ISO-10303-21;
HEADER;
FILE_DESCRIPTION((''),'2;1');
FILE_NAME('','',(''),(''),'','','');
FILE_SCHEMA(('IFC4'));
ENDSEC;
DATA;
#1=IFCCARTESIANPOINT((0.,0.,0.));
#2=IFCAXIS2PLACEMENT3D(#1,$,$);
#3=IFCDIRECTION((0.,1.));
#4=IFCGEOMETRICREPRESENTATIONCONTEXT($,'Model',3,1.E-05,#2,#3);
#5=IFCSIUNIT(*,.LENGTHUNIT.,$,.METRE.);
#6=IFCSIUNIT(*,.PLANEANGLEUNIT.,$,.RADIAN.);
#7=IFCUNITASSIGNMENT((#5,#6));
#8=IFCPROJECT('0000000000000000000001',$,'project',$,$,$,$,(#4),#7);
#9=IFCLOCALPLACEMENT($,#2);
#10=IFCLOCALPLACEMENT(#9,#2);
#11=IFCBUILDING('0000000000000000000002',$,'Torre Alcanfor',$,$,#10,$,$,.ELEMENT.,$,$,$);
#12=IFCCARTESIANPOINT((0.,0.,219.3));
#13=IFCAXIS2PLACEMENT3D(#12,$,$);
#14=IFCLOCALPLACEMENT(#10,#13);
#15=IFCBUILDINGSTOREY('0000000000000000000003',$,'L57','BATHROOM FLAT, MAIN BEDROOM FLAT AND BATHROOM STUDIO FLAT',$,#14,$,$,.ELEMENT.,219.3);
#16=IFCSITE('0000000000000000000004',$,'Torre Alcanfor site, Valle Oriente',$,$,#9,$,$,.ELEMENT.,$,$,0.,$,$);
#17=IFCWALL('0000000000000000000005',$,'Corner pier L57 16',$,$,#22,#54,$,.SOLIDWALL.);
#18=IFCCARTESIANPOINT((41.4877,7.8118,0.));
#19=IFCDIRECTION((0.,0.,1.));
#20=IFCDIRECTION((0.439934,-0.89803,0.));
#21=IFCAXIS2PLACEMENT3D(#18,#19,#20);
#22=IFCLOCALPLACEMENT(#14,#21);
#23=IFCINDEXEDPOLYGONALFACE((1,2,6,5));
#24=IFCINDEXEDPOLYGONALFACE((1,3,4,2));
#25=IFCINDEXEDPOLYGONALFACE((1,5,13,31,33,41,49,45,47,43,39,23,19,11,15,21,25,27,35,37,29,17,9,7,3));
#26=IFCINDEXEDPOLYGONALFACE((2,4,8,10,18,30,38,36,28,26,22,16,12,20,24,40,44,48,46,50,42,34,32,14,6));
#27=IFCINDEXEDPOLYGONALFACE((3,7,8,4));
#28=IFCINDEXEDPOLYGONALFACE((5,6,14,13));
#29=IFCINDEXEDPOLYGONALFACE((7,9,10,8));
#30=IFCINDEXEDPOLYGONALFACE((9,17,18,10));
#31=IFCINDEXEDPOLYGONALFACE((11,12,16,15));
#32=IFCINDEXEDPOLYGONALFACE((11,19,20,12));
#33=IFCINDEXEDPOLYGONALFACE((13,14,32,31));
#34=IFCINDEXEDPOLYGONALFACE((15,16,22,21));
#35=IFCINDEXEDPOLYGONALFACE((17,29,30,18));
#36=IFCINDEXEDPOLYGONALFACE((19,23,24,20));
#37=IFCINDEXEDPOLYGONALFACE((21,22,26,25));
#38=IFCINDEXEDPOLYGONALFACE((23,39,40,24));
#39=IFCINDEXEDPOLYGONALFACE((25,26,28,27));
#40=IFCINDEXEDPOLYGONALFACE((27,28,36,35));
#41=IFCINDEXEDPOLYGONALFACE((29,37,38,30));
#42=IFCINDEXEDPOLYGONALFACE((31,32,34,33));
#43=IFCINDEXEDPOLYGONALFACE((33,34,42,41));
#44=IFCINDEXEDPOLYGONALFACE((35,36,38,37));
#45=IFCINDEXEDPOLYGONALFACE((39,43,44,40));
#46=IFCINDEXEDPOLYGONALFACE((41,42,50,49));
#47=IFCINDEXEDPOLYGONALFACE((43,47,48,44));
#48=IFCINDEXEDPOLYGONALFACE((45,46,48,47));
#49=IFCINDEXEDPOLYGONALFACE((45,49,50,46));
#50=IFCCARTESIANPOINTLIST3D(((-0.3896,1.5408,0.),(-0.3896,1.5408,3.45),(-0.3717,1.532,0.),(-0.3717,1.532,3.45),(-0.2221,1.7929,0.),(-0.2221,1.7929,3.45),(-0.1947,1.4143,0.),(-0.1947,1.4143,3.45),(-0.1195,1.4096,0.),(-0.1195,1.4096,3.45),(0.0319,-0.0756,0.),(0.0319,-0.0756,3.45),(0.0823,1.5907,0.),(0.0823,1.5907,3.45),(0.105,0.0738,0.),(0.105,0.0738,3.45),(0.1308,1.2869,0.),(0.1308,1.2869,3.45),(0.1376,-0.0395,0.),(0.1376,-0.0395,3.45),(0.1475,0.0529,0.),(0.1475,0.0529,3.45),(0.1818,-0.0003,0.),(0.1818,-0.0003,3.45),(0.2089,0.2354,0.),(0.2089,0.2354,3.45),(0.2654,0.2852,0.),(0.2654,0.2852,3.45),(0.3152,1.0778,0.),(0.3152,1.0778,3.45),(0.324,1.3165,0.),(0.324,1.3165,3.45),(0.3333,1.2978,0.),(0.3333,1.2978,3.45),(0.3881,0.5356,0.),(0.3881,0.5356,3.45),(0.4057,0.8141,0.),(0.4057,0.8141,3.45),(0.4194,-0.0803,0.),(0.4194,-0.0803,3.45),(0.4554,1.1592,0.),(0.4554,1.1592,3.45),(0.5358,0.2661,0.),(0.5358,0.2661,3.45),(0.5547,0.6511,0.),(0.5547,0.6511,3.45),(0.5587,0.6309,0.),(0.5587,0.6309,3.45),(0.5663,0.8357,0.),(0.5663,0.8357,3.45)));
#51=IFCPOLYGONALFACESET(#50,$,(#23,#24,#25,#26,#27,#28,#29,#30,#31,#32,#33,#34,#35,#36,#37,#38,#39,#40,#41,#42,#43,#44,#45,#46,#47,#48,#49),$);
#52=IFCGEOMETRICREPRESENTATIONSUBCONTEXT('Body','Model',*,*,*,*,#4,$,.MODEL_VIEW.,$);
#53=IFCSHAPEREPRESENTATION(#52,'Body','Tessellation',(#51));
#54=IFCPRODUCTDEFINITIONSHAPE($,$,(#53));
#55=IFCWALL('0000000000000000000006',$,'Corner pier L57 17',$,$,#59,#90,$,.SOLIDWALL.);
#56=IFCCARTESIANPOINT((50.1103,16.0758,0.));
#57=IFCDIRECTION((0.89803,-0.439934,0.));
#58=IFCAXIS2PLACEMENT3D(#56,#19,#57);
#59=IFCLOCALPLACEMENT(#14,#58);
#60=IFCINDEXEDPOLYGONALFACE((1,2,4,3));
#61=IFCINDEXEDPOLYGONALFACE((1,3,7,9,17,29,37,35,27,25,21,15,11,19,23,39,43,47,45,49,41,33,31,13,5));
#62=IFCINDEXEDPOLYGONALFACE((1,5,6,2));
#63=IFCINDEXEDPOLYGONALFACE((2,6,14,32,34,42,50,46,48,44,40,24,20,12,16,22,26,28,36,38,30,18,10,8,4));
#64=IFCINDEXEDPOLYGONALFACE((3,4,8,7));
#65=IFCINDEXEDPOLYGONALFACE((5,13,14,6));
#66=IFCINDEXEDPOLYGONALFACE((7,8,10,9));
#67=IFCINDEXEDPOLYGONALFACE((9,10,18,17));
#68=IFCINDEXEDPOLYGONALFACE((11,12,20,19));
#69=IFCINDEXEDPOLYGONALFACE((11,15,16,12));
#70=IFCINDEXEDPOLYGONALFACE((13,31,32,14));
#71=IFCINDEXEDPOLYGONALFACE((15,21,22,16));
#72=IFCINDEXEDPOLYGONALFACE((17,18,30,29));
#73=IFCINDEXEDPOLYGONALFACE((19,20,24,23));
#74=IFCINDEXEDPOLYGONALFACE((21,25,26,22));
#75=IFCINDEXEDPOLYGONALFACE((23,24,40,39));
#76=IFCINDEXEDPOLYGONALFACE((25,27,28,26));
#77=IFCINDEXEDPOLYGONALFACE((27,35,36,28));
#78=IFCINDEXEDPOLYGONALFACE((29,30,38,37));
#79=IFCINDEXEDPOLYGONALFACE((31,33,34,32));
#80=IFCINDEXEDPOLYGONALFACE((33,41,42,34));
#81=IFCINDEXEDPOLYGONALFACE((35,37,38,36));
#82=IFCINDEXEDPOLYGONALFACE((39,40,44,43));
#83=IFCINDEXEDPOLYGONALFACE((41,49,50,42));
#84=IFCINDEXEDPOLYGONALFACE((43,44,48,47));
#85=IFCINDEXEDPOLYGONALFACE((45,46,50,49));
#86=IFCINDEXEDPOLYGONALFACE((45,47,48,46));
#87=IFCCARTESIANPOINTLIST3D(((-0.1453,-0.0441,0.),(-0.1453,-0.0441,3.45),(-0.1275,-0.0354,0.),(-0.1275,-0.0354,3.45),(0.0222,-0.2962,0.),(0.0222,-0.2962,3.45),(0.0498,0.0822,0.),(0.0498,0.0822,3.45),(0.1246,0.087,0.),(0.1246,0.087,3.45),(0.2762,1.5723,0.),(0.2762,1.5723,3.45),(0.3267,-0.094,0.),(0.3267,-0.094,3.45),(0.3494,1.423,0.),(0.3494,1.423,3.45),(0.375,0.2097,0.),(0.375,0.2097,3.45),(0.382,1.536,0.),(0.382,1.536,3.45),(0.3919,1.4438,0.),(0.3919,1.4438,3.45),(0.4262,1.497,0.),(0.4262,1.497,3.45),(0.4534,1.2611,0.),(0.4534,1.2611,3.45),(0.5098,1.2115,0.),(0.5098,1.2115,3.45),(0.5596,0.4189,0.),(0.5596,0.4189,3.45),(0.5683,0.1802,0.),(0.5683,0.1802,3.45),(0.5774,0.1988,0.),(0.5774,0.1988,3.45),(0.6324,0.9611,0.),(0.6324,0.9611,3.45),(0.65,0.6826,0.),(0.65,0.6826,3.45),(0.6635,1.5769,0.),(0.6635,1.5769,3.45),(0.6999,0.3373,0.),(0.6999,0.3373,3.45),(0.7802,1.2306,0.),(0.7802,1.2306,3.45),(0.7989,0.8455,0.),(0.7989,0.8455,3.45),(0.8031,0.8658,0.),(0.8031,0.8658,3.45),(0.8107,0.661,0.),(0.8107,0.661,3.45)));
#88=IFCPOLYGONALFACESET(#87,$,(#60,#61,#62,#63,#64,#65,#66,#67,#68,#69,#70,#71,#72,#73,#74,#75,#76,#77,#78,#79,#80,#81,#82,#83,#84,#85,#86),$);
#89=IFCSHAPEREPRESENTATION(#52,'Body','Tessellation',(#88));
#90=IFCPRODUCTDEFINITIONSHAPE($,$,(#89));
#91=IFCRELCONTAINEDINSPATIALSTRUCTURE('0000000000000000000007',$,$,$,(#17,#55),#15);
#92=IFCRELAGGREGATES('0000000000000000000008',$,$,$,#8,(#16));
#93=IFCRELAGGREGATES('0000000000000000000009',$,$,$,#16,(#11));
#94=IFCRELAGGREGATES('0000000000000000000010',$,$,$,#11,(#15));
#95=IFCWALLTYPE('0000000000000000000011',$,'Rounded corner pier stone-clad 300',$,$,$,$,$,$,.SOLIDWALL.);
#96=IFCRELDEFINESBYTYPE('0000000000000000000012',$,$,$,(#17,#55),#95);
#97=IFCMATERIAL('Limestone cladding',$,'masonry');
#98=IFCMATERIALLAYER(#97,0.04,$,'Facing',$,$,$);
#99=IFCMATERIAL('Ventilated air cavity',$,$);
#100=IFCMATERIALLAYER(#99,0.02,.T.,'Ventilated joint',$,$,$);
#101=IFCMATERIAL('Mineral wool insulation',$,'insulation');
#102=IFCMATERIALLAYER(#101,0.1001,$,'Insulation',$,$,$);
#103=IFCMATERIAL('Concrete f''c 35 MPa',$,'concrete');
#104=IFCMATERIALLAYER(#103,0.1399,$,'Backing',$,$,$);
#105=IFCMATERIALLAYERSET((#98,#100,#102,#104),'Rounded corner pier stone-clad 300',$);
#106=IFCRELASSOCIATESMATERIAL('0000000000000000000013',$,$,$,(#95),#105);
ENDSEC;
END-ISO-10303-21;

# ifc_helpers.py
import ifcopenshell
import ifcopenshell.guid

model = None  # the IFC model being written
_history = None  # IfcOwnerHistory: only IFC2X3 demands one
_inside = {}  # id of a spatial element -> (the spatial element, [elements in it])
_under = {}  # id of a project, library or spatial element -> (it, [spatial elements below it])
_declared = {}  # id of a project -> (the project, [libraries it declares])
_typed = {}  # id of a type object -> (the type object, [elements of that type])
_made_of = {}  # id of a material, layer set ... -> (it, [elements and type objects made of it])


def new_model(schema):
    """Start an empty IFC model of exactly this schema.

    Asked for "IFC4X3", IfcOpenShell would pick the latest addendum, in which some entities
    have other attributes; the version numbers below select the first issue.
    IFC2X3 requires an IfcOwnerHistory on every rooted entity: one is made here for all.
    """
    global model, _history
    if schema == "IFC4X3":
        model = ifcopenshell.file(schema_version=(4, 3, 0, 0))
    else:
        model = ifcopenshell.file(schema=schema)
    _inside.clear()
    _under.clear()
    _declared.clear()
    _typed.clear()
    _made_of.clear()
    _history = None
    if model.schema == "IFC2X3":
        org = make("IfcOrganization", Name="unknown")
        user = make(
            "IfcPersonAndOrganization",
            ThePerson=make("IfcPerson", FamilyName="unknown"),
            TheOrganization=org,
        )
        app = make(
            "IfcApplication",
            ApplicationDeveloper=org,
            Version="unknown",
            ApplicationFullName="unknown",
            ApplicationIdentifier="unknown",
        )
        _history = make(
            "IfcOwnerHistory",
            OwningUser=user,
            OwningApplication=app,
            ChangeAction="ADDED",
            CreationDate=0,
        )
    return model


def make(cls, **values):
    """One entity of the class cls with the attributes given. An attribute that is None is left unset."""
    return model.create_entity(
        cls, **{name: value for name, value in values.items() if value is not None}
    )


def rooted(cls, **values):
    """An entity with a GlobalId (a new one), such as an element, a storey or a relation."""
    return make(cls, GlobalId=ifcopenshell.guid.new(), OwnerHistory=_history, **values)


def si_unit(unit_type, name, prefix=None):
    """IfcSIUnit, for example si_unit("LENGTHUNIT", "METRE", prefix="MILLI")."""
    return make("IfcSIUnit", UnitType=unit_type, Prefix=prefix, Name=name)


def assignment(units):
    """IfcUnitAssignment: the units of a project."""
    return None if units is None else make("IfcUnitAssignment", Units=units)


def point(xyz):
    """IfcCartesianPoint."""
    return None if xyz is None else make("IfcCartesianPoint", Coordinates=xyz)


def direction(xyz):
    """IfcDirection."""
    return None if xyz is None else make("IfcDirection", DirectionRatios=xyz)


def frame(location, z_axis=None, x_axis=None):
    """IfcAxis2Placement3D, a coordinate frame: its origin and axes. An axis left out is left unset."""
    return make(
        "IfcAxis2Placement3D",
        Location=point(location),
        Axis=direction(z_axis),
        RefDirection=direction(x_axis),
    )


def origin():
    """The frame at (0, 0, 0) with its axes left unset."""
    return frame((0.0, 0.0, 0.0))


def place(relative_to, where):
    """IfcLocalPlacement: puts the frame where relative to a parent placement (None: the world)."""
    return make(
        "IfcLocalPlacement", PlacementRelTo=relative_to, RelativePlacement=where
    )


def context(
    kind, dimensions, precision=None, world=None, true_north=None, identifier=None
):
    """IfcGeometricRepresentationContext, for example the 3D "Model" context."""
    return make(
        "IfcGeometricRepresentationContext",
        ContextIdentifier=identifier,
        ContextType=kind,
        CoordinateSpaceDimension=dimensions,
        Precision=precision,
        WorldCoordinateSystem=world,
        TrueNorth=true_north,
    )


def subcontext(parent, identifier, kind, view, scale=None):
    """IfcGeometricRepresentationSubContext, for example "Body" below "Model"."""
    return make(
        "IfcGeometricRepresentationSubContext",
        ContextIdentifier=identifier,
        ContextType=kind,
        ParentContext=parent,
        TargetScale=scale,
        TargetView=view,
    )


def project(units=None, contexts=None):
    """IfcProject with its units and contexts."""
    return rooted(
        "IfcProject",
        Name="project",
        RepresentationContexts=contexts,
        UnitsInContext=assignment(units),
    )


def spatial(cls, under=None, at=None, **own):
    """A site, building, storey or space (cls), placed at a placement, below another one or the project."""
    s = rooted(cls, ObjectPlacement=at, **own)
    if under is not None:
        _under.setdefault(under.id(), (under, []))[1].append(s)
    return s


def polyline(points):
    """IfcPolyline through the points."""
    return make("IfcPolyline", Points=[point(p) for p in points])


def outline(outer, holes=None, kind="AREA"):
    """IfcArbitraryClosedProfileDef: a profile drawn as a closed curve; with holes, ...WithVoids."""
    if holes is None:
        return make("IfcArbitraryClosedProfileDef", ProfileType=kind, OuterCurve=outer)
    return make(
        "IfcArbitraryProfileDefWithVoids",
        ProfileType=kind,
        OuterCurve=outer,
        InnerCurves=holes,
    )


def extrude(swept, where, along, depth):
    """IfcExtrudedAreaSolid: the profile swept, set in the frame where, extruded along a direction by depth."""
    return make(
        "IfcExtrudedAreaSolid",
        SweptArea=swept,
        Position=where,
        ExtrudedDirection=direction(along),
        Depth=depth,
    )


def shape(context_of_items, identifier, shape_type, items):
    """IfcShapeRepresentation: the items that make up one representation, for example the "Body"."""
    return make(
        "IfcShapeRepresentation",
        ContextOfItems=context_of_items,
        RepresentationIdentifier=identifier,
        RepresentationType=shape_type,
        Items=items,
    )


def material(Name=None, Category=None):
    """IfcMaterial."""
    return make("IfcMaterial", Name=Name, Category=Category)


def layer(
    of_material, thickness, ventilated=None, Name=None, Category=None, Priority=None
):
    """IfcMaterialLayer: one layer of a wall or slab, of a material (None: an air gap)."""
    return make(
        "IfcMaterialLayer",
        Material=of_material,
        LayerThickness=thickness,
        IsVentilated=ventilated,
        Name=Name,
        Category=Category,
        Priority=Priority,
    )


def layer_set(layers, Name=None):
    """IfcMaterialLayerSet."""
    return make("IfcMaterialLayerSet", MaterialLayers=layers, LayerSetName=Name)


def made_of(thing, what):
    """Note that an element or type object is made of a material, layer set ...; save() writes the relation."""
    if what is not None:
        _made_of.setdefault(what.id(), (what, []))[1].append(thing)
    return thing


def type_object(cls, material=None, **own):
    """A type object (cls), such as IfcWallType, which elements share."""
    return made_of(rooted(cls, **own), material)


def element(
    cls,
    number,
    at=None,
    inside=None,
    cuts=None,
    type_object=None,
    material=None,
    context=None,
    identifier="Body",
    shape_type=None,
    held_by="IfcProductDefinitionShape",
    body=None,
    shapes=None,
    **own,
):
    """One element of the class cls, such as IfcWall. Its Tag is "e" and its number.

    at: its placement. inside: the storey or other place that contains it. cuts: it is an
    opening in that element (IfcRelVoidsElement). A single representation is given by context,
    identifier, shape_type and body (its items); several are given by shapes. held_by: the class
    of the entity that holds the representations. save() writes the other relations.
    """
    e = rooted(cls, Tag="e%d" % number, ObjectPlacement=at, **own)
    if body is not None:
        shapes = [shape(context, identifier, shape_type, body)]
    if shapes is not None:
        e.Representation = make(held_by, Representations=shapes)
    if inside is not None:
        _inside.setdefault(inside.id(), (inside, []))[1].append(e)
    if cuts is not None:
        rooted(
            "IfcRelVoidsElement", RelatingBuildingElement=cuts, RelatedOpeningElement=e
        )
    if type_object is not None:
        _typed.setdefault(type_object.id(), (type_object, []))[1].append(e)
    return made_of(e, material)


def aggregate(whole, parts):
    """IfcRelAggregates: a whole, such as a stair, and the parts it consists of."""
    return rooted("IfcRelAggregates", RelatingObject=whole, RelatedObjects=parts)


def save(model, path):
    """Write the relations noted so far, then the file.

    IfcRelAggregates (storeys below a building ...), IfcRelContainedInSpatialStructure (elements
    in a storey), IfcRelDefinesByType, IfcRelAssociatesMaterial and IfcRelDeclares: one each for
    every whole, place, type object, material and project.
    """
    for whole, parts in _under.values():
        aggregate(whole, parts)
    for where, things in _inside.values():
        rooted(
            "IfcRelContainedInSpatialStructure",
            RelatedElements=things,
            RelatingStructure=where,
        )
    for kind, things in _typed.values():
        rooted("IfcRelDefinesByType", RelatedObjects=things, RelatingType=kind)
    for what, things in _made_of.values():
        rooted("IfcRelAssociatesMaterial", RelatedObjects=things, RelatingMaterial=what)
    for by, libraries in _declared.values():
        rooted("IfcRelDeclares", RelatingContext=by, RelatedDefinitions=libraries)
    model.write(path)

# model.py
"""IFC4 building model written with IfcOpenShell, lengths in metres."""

from ifc_helpers import new_model, si_unit, direction, frame, origin, place, context, subcontext, project, spatial, polyline, outline, extrude, material, layer, layer_set, type_object, element, save


model = new_model("IFC4")

# Units and contexts
model_context = context("Model", 3, precision=1e-05, world=origin(), true_north=direction((0.0, 1.0)))
body_context = subcontext(model_context, "Body", "Model", "MODEL_VIEW")
ifc_project = project(units=[si_unit("LENGTHUNIT", "METRE"), si_unit("PLANEANGLEUNIT", "RADIAN")], contexts=[model_context])

# Site, building, storey
site_placement = place(None, origin())
site = spatial("IfcSite", under=ifc_project, at=site_placement, Name="Torre Alcanfor site, Valle Oriente", CompositionType="ELEMENT", RefElevation=0.0)
building_placement = place(site_placement, origin())
building = spatial("IfcBuilding", under=site, at=building_placement, Name="Torre Alcanfor", CompositionType="ELEMENT")
storey_placement = place(building_placement, frame((0.0, 0.0, 219.3)))
storey = spatial("IfcBuildingStorey", under=building, at=storey_placement, Name="L57", Description="BATHROOM FLAT, MAIN BEDROOM FLAT AND BATHROOM STUDIO FLAT", CompositionType="ELEMENT", Elevation=219.3)

# Shared definitions
ifc_material_1 = material(Name="Limestone cladding", Category="masonry")
ifc_material_2 = material(Name="Ventilated air cavity")
ifc_material_3 = material(Name="Mineral wool insulation", Category="insulation")
ifc_material_4 = material(Name="Concrete f'c 35 MPa", Category="concrete")

# Walls
ifc_layer_1 = layer(ifc_material_1, 0.04, Name="Facing")
ifc_layer_2 = layer(ifc_material_2, 0.02, ventilated=True, Name="Ventilated joint")
ifc_layer_3 = layer(ifc_material_3, 0.1001, Name="Insulation")
ifc_layer_4 = layer(ifc_material_4, 0.1399, Name="Backing")
ifc_layer_set_1 = layer_set([ifc_layer_1, ifc_layer_2, ifc_layer_3, ifc_layer_4], Name="Rounded corner pier stone-clad 300")
wall_type_1 = type_object("IfcWallType", Name="Rounded corner pier stone-clad 300", PredefinedType="SOLIDWALL", material=ifc_layer_set_1)
wall_1_placement = place(storey_placement, frame((41.4877, 7.8118, 0.0), z_axis=(0.0, 0.0, 1.0), x_axis=(0.439934, -0.89803, 0.0)))
element("IfcWall", 1, at=wall_1_placement, inside=storey, type_object=wall_type_1, Name="Corner pier L57 16", PredefinedType="SOLIDWALL", context=body_context, shape_type="SweptSolid", body=[
    extrude(outline(polyline([(-0.2221, 1.7929), (-0.3896, 1.5408), (-0.3717, 1.532), (-0.1947, 1.4143), (-0.1195, 1.4096), (0.1308, 1.2869), (0.3152, 1.0778), (0.4057, 0.8141), (0.3881, 0.5356), (0.2654, 0.2852), (0.2089, 0.2354), (0.1475, 0.0529), (0.105, 0.0738), (0.0319, -0.0756), (0.1376, -0.0395), (0.1818, -0.0003), (0.4194, -0.0803), (0.5358, 0.2661), (0.5587, 0.6309), (0.5547, 0.6511), (0.5663, 0.8357), (0.4554, 1.1592), (0.3333, 1.2978), (0.324, 1.3165), (0.0823, 1.5907), (-0.2221, 1.7929)])), origin(), (0.0, 0.0, 1.0), 3.45),
])
wall_2_placement = place(storey_placement, frame((50.1103, 16.0758, 0.0), z_axis=(0.0, 0.0, 1.0), x_axis=(0.89803, -0.439934, 0.0)))
element("IfcWall", 2, at=wall_2_placement, inside=storey, type_object=wall_type_1, Name="Corner pier L57 17", PredefinedType="SOLIDWALL", context=body_context, shape_type="SweptSolid", body=[
    extrude(outline(polyline([(0.6635, 1.5769), (0.4262, 1.497), (0.382, 1.536), (0.2762, 1.5723), (0.3494, 1.423), (0.3919, 1.4438), (0.4534, 1.2611), (0.5098, 1.2115), (0.6324, 0.9611), (0.65, 0.6826), (0.5596, 0.4189), (0.375, 0.2097), (0.1246, 0.087), (0.0498, 0.0822), (-0.1275, -0.0354), (-0.1453, -0.0441), (0.0222, -0.2962), (0.3267, -0.094), (0.5683, 0.1802), (0.5774, 0.1988), (0.6999, 0.3373), (0.8107, 0.661), (0.7989, 0.8455), (0.8031, 0.8658), (0.7802, 1.2306), (0.6635, 1.5769)])), origin(), (0.0, 0.0, 1.0), 3.45),
])

save(model, "model.ifc")
